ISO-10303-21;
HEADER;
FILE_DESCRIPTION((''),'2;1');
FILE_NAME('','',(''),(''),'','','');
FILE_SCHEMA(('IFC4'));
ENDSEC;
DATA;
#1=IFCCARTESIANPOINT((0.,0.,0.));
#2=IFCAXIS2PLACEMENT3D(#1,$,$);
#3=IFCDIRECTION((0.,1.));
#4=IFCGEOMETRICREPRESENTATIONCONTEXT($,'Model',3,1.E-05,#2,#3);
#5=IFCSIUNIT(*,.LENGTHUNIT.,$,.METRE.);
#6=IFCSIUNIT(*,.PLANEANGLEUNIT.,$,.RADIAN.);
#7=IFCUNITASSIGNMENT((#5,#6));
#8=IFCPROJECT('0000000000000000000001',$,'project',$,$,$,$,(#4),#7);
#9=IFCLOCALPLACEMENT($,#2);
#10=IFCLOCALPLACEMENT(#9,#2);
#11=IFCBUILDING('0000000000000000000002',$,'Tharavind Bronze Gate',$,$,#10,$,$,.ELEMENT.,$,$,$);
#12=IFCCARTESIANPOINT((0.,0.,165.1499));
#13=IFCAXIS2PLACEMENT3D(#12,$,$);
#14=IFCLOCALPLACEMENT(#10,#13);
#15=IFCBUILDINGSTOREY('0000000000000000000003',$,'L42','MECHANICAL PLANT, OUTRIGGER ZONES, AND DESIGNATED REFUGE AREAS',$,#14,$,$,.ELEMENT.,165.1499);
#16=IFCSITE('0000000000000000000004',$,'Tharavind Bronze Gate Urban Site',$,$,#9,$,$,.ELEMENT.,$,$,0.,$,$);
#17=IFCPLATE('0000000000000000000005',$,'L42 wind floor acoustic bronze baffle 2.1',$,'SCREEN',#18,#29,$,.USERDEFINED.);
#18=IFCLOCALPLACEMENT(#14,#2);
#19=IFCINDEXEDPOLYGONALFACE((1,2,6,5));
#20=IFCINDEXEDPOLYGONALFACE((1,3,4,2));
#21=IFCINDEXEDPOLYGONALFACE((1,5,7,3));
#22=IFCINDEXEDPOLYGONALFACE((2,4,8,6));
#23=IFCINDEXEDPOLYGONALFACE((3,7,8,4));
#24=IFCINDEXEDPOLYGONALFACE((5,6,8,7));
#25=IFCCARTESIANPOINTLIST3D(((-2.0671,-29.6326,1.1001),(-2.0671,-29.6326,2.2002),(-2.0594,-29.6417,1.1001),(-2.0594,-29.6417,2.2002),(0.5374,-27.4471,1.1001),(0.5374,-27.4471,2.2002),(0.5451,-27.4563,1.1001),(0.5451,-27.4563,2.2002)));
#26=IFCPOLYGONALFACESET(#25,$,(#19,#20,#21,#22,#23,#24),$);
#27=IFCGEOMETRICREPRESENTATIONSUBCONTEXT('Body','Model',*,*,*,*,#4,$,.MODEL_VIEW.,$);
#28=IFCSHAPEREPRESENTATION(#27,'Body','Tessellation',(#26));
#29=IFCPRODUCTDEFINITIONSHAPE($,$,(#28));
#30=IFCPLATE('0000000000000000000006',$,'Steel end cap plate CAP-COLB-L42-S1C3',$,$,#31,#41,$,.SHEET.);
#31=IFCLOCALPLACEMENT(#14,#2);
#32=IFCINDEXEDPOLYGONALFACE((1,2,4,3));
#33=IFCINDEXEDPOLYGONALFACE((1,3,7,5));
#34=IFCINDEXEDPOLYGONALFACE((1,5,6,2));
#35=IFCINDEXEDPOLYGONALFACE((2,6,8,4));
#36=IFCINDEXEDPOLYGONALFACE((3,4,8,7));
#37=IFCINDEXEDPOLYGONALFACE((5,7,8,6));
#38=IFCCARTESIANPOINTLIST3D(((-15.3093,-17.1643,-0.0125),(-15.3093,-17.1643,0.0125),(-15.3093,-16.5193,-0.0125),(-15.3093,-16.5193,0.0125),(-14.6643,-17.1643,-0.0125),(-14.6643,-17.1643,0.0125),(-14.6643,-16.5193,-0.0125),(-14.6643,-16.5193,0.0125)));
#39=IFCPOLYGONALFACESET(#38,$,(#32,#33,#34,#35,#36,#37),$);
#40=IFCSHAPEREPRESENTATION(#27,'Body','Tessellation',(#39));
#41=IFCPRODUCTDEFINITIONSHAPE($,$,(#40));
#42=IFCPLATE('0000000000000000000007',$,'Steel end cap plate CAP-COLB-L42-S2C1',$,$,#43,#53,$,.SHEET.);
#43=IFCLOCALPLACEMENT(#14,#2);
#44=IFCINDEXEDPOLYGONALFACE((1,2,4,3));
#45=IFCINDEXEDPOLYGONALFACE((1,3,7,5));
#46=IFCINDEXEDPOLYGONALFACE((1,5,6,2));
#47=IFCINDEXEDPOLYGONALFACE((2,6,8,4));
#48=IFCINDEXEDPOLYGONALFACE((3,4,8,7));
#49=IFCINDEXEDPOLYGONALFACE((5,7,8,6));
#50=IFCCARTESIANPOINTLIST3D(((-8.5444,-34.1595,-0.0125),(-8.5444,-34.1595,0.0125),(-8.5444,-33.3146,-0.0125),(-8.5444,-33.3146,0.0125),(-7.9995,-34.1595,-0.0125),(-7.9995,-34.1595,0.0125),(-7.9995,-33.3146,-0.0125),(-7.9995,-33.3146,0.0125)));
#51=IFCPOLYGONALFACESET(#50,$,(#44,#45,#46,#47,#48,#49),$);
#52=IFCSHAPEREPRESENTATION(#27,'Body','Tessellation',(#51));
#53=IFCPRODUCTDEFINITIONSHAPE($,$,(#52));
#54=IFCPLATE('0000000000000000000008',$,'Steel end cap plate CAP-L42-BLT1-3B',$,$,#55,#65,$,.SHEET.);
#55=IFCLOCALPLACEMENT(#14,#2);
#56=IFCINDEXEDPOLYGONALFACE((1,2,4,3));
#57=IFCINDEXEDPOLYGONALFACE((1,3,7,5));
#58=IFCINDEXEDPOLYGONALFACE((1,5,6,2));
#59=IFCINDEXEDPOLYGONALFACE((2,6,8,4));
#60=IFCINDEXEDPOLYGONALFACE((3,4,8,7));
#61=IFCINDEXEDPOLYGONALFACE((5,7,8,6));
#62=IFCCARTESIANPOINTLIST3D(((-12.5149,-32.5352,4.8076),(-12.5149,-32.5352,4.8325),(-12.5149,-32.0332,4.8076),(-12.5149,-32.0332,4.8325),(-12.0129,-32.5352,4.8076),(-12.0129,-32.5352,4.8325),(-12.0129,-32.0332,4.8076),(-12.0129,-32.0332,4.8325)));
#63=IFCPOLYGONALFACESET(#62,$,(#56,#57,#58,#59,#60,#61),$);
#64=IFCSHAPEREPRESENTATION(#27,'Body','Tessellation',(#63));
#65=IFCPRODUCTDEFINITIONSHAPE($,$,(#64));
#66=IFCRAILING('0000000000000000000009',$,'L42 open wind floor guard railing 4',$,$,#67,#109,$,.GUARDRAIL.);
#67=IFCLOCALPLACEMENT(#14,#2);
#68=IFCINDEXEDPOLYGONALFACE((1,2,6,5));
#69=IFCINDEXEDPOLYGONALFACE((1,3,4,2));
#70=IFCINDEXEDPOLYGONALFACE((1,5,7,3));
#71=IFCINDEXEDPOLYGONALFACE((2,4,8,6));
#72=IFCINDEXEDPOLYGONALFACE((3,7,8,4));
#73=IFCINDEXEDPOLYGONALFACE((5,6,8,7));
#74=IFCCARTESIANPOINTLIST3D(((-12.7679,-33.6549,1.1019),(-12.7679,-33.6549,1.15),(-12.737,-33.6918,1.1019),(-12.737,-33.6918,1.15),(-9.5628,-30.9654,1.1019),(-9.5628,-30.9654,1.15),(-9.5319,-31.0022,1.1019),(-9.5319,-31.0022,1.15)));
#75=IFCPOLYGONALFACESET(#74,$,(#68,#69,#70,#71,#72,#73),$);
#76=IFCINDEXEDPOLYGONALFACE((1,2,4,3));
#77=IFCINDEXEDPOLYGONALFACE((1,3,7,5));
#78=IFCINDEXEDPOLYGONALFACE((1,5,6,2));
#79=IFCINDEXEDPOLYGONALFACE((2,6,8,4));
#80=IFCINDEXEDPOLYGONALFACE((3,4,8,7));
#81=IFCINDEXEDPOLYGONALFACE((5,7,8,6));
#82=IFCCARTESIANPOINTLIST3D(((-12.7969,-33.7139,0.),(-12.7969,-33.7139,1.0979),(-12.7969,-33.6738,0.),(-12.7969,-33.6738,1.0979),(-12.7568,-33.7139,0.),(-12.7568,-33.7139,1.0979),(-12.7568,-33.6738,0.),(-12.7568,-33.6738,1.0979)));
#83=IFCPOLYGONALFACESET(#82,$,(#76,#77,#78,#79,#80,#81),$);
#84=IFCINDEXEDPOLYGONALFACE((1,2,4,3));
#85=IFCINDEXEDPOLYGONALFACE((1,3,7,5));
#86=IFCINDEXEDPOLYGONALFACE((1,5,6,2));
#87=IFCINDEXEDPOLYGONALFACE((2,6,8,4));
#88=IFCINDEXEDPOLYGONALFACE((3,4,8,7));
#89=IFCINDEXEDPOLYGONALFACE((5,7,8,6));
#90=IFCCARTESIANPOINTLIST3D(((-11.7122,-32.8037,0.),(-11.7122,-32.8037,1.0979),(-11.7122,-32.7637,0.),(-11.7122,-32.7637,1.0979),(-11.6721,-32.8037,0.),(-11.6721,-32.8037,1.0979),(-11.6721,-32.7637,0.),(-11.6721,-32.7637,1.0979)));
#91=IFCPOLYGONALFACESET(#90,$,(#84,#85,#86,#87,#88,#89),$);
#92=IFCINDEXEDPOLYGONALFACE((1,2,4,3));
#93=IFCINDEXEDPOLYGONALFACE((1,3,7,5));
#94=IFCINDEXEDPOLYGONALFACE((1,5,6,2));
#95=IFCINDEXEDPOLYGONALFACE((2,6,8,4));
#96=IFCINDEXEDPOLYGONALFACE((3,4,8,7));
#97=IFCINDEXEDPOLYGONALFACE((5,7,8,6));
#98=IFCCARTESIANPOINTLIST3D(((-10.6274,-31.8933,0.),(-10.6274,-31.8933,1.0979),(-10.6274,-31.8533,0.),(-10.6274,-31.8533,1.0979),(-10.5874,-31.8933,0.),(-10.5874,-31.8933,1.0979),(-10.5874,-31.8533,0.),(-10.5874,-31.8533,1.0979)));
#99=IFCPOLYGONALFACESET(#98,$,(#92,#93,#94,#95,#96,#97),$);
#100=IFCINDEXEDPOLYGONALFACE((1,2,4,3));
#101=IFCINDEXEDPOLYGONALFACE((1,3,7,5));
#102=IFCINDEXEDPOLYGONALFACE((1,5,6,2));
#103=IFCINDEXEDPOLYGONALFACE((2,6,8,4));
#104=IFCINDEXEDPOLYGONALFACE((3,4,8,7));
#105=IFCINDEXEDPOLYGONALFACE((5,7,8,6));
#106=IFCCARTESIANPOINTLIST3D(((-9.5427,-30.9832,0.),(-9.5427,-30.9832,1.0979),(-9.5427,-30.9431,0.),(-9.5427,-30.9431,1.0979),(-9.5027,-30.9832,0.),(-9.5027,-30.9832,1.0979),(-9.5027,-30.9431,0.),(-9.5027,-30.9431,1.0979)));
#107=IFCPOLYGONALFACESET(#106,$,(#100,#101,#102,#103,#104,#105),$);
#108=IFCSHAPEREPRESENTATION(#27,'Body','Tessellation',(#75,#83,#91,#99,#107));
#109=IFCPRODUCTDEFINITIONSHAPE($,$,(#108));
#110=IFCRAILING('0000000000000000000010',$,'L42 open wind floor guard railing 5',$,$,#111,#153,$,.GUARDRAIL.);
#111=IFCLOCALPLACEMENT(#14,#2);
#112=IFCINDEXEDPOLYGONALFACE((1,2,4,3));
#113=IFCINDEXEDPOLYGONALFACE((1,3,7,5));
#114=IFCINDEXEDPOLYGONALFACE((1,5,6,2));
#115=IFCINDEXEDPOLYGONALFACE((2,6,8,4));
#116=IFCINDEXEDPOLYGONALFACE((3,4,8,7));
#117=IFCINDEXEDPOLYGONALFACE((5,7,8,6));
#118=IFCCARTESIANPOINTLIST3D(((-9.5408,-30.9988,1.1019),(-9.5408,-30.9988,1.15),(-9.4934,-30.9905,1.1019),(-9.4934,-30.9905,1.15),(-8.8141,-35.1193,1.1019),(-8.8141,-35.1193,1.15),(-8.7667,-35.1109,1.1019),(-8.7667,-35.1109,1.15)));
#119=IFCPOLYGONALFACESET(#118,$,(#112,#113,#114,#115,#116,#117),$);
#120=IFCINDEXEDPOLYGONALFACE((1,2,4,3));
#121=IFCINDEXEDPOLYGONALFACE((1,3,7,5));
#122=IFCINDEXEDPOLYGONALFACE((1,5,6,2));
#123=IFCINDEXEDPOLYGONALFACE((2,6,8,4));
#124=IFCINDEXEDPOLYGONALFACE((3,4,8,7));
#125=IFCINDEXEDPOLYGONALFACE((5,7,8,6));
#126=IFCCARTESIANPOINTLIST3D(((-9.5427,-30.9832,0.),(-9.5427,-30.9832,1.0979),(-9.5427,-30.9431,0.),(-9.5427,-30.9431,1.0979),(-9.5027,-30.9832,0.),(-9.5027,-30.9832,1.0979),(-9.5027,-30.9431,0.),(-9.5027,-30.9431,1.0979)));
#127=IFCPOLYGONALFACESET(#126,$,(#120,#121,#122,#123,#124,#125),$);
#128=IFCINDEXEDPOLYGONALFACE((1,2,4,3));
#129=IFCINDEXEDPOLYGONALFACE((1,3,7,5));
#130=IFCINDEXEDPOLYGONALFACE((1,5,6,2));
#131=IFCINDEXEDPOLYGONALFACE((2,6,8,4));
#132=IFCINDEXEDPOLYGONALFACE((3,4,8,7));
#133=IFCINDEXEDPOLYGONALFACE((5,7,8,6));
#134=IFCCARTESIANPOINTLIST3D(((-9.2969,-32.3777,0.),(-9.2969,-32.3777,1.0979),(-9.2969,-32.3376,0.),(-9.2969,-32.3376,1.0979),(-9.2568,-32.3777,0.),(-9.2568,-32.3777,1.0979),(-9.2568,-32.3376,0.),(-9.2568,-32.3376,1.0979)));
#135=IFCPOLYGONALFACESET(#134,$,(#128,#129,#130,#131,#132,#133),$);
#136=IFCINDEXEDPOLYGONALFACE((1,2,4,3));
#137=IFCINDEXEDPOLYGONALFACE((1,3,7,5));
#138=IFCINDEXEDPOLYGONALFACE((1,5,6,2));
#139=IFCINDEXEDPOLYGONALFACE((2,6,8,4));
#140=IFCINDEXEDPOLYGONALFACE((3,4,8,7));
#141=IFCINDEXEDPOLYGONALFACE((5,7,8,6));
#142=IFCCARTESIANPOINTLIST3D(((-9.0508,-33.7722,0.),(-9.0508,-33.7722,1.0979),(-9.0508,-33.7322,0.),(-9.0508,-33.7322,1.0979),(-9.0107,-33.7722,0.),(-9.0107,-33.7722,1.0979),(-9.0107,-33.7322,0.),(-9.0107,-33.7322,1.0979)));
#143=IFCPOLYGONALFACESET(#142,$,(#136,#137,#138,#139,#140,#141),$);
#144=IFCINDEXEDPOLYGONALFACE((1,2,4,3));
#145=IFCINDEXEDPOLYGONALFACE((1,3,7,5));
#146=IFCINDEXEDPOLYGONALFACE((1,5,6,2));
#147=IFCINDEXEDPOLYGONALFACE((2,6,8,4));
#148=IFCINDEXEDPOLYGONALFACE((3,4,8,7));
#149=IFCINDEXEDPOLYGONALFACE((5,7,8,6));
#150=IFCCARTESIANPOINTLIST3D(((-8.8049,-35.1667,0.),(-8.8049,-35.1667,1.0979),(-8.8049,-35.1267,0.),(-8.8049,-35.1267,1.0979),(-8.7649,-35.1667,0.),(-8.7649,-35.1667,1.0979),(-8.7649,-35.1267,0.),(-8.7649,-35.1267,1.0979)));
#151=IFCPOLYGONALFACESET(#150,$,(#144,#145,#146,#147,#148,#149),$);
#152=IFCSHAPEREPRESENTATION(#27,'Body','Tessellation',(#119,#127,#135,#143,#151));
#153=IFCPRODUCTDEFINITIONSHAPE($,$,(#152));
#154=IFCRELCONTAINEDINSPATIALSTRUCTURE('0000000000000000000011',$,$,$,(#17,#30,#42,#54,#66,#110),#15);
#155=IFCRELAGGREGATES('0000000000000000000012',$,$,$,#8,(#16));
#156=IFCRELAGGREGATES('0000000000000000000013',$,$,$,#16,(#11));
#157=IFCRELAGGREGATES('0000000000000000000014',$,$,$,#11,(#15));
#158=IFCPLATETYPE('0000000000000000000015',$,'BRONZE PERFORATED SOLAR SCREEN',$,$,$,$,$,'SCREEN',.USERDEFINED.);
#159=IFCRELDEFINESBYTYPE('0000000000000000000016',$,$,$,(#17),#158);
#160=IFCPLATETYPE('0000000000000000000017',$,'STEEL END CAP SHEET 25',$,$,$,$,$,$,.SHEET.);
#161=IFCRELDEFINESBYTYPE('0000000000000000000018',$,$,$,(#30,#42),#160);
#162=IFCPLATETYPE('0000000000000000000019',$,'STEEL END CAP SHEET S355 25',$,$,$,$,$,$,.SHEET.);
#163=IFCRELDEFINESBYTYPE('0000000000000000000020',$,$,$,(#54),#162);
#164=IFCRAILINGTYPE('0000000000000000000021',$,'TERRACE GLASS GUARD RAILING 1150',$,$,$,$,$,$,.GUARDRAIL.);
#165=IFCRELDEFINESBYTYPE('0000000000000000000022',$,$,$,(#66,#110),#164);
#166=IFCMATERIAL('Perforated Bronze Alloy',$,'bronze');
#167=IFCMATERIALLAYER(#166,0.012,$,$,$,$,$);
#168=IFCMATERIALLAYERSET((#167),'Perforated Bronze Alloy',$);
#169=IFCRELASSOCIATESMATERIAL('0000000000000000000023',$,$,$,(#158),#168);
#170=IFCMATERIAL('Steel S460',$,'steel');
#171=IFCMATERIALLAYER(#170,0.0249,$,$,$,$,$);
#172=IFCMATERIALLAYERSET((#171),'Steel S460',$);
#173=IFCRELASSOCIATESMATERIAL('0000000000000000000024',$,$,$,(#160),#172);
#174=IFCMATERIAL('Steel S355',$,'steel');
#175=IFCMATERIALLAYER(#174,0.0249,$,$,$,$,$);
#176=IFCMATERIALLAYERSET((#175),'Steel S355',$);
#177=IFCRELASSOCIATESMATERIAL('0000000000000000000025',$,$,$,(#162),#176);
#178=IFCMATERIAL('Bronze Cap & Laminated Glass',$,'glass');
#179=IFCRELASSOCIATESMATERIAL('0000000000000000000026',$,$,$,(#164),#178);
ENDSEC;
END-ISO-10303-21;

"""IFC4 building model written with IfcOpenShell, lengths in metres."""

from ifc_helpers import new_model, si_unit, direction, frame, origin, origin_2d, place, context, subcontext, project, spatial, rectangle, extrude, material, layer, layer_set, type_object, element, save


model = new_model("IFC4")

# Units and contexts
model_context = context("Model", 3, precision=1e-05, world=origin(), true_north=direction((0.0, 1.0)))
body_context = subcontext(model_context, "Body", "Model", "MODEL_VIEW")
ifc_project = project(units=[si_unit("LENGTHUNIT", "METRE"), si_unit("PLANEANGLEUNIT", "RADIAN")], contexts=[model_context])

# Site, building, storey
site_placement = place(None, origin())
site = spatial("IfcSite", under=ifc_project, at=site_placement, Name="Tharavind Bronze Gate Urban Site", CompositionType="ELEMENT", RefElevation=0.0)
building_placement = place(site_placement, origin())
building = spatial("IfcBuilding", under=site, at=building_placement, Name="Tharavind Bronze Gate", CompositionType="ELEMENT")
storey_placement = place(building_placement, frame((0.0, 0.0, 165.1499)))
storey = spatial("IfcBuildingStorey", under=building, at=storey_placement, Name="L42", Description="MECHANICAL PLANT, OUTRIGGER ZONES, AND DESIGNATED REFUGE AREAS", CompositionType="ELEMENT", Elevation=165.1499)

# Shared definitions
ifc_material_1 = material(Name="Steel S460", Category="steel")

# Shared definitions
ifc_material_2 = material(Name="Steel S355", Category="steel")

# Plates
ifc_material_3 = material(Name="Perforated Bronze Alloy", Category="bronze")
ifc_layer_1 = layer(ifc_material_3, 0.012)
ifc_layer_set_1 = layer_set([ifc_layer_1], Name="Perforated Bronze Alloy")
plate_type_1 = type_object("IfcPlateType", Name="BRONZE PERFORATED SOLAR SCREEN", ElementType="SCREEN", PredefinedType="USERDEFINED", material=ifc_layer_set_1)
for number, where, z_axis, x_axis, name in (
    (1, (-0.761, -28.5444, 1.1001), (0.0, 0.0, 1.0), (0.766044, 0.642788, 0.0), "L42 wind floor acoustic bronze baffle 2.1"),
):
    element("IfcPlate", number, at=place(storey_placement, frame(where, z_axis=z_axis, x_axis=x_axis)), inside=storey, type_object=plate_type_1, Name=name, ObjectType="SCREEN", PredefinedType="USERDEFINED", context=body_context, shape_type="SweptSolid", body=[
        extrude(rectangle(XDim=3.3999, YDim=0.012, at=origin_2d()), origin(), (0.0, 0.0, 1.0), 1.1001),
    ])
ifc_layer_2 = layer(ifc_material_1, 0.0249)
ifc_layer_set_2 = layer_set([ifc_layer_2], Name="Steel S460")
plate_type_2 = type_object("IfcPlateType", Name="STEEL END CAP SHEET 25", PredefinedType="SHEET", material=ifc_layer_set_2)
plate_1_placement = place(storey_placement, frame((-14.9868, -16.8418, -0.0125), z_axis=(0.0, 0.0, 1.0), x_axis=(1.0, 0.0, 0.0)))
element("IfcPlate", 2, at=plate_1_placement, inside=storey, type_object=plate_type_2, Name="Steel end cap plate CAP-COLB-L42-S1C3", PredefinedType="SHEET", context=body_context, shape_type="SweptSolid", body=[
    extrude(rectangle(XDim=0.645, YDim=0.645, at=origin_2d()), origin(), (0.0, 0.0, 1.0), 0.0249),
])
plate_2_placement = place(storey_placement, frame((-8.272, -33.7371, -0.0125), z_axis=(0.0, 0.0, 1.0), x_axis=(1.0, 0.0, 0.0)))
element("IfcPlate", 3, at=plate_2_placement, inside=storey, type_object=plate_type_2, Name="Steel end cap plate CAP-COLB-L42-S2C1", PredefinedType="SHEET", context=body_context, shape_type="SweptSolid", body=[
    extrude(rectangle(XDim=0.5449, YDim=0.845, at=origin_2d()), origin(), (0.0, 0.0, 1.0), 0.0249),
])
ifc_layer_3 = layer(ifc_material_2, 0.0249)
ifc_layer_set_3 = layer_set([ifc_layer_3], Name="Steel S355")
plate_type_3 = type_object("IfcPlateType", Name="STEEL END CAP SHEET S355 25", PredefinedType="SHEET", material=ifc_layer_set_3)
plate_3_placement = place(storey_placement, frame((-12.2639, -32.2842, 4.8076), z_axis=(0.0, 0.0, 1.0), x_axis=(1.0, 0.0, 0.0)))
element("IfcPlate", 4, at=plate_3_placement, inside=storey, type_object=plate_type_3, Name="Steel end cap plate CAP-L42-BLT1-3B", PredefinedType="SHEET", context=body_context, shape_type="SweptSolid", body=[
    extrude(rectangle(XDim=0.502, YDim=0.502, at=origin_2d()), origin(), (0.0, 0.0, 1.0), 0.0249),
])

# Railings
ifc_material_4 = material(Name="Bronze Cap & Laminated Glass", Category="glass")
railing_type = type_object("IfcRailingType", Name="TERRACE GLASS GUARD RAILING 1150", PredefinedType="GUARDRAIL", material=ifc_material_4)
railing_1_placement = place(storey_placement, frame((-12.7769, -33.6938, 0.0)))
element("IfcRailing", 5, at=railing_1_placement, inside=storey, type_object=railing_type, Name="L42 open wind floor guard railing 4", PredefinedType="GUARDRAIL", context=body_context, shape_type="SweptSolid", body=[
    extrude(rectangle(XDim=0.0481, YDim=0.0481, at=origin_2d()), frame((0.0244, 0.0205, 1.126), z_axis=(0.766026, 0.642809, 0.0), x_axis=(-0.642809, 0.766026, 0.0)), (0.0, 0.0, 1.0), 4.1841),
    extrude(rectangle(XDim=0.04, YDim=0.04, at=origin_2d()), origin(), (0.0, 0.0, 1.0), 1.0979),
    extrude(rectangle(XDim=0.04, YDim=0.04, at=origin_2d()), frame((1.0847, 0.9102, 0.0)), (0.0, 0.0, 1.0), 1.0979),
    extrude(rectangle(XDim=0.04, YDim=0.04, at=origin_2d()), frame((2.1694, 1.8206, 0.0)), (0.0, 0.0, 1.0), 1.0979),
    extrude(rectangle(XDim=0.04, YDim=0.04, at=origin_2d()), frame((3.2542, 2.7307, 0.0)), (0.0, 0.0, 1.0), 1.0979),
])
railing_2_placement = place(storey_placement, frame((-9.5227, -30.9631, 0.0)))
element("IfcRailing", 6, at=railing_2_placement, inside=storey, type_object=railing_type, Name="L42 open wind floor guard railing 5", PredefinedType="GUARDRAIL", context=body_context, shape_type="SweptSolid", body=[
    extrude(rectangle(XDim=0.0481, YDim=0.0481, at=origin_2d()), frame((0.0056, -0.0315, 1.126), z_axis=(0.173674, -0.984803, 0.0), x_axis=(0.984803, 0.173674, 0.0)), (0.0, 0.0, 1.0), 4.1841),
    extrude(rectangle(XDim=0.04, YDim=0.04, at=origin_2d()), origin(), (0.0, 0.0, 1.0), 1.0979),
    extrude(rectangle(XDim=0.04, YDim=0.04, at=origin_2d()), frame((0.2458, -1.3945, 0.0)), (0.0, 0.0, 1.0), 1.0979),
    extrude(rectangle(XDim=0.04, YDim=0.04, at=origin_2d()), frame((0.4919, -2.7891, 0.0)), (0.0, 0.0, 1.0), 1.0979),
    extrude(rectangle(XDim=0.04, YDim=0.04, at=origin_2d()), frame((0.7378, -4.1836, 0.0)), (0.0, 0.0, 1.0), 1.0979),
])

save(model, "model.ifc")
